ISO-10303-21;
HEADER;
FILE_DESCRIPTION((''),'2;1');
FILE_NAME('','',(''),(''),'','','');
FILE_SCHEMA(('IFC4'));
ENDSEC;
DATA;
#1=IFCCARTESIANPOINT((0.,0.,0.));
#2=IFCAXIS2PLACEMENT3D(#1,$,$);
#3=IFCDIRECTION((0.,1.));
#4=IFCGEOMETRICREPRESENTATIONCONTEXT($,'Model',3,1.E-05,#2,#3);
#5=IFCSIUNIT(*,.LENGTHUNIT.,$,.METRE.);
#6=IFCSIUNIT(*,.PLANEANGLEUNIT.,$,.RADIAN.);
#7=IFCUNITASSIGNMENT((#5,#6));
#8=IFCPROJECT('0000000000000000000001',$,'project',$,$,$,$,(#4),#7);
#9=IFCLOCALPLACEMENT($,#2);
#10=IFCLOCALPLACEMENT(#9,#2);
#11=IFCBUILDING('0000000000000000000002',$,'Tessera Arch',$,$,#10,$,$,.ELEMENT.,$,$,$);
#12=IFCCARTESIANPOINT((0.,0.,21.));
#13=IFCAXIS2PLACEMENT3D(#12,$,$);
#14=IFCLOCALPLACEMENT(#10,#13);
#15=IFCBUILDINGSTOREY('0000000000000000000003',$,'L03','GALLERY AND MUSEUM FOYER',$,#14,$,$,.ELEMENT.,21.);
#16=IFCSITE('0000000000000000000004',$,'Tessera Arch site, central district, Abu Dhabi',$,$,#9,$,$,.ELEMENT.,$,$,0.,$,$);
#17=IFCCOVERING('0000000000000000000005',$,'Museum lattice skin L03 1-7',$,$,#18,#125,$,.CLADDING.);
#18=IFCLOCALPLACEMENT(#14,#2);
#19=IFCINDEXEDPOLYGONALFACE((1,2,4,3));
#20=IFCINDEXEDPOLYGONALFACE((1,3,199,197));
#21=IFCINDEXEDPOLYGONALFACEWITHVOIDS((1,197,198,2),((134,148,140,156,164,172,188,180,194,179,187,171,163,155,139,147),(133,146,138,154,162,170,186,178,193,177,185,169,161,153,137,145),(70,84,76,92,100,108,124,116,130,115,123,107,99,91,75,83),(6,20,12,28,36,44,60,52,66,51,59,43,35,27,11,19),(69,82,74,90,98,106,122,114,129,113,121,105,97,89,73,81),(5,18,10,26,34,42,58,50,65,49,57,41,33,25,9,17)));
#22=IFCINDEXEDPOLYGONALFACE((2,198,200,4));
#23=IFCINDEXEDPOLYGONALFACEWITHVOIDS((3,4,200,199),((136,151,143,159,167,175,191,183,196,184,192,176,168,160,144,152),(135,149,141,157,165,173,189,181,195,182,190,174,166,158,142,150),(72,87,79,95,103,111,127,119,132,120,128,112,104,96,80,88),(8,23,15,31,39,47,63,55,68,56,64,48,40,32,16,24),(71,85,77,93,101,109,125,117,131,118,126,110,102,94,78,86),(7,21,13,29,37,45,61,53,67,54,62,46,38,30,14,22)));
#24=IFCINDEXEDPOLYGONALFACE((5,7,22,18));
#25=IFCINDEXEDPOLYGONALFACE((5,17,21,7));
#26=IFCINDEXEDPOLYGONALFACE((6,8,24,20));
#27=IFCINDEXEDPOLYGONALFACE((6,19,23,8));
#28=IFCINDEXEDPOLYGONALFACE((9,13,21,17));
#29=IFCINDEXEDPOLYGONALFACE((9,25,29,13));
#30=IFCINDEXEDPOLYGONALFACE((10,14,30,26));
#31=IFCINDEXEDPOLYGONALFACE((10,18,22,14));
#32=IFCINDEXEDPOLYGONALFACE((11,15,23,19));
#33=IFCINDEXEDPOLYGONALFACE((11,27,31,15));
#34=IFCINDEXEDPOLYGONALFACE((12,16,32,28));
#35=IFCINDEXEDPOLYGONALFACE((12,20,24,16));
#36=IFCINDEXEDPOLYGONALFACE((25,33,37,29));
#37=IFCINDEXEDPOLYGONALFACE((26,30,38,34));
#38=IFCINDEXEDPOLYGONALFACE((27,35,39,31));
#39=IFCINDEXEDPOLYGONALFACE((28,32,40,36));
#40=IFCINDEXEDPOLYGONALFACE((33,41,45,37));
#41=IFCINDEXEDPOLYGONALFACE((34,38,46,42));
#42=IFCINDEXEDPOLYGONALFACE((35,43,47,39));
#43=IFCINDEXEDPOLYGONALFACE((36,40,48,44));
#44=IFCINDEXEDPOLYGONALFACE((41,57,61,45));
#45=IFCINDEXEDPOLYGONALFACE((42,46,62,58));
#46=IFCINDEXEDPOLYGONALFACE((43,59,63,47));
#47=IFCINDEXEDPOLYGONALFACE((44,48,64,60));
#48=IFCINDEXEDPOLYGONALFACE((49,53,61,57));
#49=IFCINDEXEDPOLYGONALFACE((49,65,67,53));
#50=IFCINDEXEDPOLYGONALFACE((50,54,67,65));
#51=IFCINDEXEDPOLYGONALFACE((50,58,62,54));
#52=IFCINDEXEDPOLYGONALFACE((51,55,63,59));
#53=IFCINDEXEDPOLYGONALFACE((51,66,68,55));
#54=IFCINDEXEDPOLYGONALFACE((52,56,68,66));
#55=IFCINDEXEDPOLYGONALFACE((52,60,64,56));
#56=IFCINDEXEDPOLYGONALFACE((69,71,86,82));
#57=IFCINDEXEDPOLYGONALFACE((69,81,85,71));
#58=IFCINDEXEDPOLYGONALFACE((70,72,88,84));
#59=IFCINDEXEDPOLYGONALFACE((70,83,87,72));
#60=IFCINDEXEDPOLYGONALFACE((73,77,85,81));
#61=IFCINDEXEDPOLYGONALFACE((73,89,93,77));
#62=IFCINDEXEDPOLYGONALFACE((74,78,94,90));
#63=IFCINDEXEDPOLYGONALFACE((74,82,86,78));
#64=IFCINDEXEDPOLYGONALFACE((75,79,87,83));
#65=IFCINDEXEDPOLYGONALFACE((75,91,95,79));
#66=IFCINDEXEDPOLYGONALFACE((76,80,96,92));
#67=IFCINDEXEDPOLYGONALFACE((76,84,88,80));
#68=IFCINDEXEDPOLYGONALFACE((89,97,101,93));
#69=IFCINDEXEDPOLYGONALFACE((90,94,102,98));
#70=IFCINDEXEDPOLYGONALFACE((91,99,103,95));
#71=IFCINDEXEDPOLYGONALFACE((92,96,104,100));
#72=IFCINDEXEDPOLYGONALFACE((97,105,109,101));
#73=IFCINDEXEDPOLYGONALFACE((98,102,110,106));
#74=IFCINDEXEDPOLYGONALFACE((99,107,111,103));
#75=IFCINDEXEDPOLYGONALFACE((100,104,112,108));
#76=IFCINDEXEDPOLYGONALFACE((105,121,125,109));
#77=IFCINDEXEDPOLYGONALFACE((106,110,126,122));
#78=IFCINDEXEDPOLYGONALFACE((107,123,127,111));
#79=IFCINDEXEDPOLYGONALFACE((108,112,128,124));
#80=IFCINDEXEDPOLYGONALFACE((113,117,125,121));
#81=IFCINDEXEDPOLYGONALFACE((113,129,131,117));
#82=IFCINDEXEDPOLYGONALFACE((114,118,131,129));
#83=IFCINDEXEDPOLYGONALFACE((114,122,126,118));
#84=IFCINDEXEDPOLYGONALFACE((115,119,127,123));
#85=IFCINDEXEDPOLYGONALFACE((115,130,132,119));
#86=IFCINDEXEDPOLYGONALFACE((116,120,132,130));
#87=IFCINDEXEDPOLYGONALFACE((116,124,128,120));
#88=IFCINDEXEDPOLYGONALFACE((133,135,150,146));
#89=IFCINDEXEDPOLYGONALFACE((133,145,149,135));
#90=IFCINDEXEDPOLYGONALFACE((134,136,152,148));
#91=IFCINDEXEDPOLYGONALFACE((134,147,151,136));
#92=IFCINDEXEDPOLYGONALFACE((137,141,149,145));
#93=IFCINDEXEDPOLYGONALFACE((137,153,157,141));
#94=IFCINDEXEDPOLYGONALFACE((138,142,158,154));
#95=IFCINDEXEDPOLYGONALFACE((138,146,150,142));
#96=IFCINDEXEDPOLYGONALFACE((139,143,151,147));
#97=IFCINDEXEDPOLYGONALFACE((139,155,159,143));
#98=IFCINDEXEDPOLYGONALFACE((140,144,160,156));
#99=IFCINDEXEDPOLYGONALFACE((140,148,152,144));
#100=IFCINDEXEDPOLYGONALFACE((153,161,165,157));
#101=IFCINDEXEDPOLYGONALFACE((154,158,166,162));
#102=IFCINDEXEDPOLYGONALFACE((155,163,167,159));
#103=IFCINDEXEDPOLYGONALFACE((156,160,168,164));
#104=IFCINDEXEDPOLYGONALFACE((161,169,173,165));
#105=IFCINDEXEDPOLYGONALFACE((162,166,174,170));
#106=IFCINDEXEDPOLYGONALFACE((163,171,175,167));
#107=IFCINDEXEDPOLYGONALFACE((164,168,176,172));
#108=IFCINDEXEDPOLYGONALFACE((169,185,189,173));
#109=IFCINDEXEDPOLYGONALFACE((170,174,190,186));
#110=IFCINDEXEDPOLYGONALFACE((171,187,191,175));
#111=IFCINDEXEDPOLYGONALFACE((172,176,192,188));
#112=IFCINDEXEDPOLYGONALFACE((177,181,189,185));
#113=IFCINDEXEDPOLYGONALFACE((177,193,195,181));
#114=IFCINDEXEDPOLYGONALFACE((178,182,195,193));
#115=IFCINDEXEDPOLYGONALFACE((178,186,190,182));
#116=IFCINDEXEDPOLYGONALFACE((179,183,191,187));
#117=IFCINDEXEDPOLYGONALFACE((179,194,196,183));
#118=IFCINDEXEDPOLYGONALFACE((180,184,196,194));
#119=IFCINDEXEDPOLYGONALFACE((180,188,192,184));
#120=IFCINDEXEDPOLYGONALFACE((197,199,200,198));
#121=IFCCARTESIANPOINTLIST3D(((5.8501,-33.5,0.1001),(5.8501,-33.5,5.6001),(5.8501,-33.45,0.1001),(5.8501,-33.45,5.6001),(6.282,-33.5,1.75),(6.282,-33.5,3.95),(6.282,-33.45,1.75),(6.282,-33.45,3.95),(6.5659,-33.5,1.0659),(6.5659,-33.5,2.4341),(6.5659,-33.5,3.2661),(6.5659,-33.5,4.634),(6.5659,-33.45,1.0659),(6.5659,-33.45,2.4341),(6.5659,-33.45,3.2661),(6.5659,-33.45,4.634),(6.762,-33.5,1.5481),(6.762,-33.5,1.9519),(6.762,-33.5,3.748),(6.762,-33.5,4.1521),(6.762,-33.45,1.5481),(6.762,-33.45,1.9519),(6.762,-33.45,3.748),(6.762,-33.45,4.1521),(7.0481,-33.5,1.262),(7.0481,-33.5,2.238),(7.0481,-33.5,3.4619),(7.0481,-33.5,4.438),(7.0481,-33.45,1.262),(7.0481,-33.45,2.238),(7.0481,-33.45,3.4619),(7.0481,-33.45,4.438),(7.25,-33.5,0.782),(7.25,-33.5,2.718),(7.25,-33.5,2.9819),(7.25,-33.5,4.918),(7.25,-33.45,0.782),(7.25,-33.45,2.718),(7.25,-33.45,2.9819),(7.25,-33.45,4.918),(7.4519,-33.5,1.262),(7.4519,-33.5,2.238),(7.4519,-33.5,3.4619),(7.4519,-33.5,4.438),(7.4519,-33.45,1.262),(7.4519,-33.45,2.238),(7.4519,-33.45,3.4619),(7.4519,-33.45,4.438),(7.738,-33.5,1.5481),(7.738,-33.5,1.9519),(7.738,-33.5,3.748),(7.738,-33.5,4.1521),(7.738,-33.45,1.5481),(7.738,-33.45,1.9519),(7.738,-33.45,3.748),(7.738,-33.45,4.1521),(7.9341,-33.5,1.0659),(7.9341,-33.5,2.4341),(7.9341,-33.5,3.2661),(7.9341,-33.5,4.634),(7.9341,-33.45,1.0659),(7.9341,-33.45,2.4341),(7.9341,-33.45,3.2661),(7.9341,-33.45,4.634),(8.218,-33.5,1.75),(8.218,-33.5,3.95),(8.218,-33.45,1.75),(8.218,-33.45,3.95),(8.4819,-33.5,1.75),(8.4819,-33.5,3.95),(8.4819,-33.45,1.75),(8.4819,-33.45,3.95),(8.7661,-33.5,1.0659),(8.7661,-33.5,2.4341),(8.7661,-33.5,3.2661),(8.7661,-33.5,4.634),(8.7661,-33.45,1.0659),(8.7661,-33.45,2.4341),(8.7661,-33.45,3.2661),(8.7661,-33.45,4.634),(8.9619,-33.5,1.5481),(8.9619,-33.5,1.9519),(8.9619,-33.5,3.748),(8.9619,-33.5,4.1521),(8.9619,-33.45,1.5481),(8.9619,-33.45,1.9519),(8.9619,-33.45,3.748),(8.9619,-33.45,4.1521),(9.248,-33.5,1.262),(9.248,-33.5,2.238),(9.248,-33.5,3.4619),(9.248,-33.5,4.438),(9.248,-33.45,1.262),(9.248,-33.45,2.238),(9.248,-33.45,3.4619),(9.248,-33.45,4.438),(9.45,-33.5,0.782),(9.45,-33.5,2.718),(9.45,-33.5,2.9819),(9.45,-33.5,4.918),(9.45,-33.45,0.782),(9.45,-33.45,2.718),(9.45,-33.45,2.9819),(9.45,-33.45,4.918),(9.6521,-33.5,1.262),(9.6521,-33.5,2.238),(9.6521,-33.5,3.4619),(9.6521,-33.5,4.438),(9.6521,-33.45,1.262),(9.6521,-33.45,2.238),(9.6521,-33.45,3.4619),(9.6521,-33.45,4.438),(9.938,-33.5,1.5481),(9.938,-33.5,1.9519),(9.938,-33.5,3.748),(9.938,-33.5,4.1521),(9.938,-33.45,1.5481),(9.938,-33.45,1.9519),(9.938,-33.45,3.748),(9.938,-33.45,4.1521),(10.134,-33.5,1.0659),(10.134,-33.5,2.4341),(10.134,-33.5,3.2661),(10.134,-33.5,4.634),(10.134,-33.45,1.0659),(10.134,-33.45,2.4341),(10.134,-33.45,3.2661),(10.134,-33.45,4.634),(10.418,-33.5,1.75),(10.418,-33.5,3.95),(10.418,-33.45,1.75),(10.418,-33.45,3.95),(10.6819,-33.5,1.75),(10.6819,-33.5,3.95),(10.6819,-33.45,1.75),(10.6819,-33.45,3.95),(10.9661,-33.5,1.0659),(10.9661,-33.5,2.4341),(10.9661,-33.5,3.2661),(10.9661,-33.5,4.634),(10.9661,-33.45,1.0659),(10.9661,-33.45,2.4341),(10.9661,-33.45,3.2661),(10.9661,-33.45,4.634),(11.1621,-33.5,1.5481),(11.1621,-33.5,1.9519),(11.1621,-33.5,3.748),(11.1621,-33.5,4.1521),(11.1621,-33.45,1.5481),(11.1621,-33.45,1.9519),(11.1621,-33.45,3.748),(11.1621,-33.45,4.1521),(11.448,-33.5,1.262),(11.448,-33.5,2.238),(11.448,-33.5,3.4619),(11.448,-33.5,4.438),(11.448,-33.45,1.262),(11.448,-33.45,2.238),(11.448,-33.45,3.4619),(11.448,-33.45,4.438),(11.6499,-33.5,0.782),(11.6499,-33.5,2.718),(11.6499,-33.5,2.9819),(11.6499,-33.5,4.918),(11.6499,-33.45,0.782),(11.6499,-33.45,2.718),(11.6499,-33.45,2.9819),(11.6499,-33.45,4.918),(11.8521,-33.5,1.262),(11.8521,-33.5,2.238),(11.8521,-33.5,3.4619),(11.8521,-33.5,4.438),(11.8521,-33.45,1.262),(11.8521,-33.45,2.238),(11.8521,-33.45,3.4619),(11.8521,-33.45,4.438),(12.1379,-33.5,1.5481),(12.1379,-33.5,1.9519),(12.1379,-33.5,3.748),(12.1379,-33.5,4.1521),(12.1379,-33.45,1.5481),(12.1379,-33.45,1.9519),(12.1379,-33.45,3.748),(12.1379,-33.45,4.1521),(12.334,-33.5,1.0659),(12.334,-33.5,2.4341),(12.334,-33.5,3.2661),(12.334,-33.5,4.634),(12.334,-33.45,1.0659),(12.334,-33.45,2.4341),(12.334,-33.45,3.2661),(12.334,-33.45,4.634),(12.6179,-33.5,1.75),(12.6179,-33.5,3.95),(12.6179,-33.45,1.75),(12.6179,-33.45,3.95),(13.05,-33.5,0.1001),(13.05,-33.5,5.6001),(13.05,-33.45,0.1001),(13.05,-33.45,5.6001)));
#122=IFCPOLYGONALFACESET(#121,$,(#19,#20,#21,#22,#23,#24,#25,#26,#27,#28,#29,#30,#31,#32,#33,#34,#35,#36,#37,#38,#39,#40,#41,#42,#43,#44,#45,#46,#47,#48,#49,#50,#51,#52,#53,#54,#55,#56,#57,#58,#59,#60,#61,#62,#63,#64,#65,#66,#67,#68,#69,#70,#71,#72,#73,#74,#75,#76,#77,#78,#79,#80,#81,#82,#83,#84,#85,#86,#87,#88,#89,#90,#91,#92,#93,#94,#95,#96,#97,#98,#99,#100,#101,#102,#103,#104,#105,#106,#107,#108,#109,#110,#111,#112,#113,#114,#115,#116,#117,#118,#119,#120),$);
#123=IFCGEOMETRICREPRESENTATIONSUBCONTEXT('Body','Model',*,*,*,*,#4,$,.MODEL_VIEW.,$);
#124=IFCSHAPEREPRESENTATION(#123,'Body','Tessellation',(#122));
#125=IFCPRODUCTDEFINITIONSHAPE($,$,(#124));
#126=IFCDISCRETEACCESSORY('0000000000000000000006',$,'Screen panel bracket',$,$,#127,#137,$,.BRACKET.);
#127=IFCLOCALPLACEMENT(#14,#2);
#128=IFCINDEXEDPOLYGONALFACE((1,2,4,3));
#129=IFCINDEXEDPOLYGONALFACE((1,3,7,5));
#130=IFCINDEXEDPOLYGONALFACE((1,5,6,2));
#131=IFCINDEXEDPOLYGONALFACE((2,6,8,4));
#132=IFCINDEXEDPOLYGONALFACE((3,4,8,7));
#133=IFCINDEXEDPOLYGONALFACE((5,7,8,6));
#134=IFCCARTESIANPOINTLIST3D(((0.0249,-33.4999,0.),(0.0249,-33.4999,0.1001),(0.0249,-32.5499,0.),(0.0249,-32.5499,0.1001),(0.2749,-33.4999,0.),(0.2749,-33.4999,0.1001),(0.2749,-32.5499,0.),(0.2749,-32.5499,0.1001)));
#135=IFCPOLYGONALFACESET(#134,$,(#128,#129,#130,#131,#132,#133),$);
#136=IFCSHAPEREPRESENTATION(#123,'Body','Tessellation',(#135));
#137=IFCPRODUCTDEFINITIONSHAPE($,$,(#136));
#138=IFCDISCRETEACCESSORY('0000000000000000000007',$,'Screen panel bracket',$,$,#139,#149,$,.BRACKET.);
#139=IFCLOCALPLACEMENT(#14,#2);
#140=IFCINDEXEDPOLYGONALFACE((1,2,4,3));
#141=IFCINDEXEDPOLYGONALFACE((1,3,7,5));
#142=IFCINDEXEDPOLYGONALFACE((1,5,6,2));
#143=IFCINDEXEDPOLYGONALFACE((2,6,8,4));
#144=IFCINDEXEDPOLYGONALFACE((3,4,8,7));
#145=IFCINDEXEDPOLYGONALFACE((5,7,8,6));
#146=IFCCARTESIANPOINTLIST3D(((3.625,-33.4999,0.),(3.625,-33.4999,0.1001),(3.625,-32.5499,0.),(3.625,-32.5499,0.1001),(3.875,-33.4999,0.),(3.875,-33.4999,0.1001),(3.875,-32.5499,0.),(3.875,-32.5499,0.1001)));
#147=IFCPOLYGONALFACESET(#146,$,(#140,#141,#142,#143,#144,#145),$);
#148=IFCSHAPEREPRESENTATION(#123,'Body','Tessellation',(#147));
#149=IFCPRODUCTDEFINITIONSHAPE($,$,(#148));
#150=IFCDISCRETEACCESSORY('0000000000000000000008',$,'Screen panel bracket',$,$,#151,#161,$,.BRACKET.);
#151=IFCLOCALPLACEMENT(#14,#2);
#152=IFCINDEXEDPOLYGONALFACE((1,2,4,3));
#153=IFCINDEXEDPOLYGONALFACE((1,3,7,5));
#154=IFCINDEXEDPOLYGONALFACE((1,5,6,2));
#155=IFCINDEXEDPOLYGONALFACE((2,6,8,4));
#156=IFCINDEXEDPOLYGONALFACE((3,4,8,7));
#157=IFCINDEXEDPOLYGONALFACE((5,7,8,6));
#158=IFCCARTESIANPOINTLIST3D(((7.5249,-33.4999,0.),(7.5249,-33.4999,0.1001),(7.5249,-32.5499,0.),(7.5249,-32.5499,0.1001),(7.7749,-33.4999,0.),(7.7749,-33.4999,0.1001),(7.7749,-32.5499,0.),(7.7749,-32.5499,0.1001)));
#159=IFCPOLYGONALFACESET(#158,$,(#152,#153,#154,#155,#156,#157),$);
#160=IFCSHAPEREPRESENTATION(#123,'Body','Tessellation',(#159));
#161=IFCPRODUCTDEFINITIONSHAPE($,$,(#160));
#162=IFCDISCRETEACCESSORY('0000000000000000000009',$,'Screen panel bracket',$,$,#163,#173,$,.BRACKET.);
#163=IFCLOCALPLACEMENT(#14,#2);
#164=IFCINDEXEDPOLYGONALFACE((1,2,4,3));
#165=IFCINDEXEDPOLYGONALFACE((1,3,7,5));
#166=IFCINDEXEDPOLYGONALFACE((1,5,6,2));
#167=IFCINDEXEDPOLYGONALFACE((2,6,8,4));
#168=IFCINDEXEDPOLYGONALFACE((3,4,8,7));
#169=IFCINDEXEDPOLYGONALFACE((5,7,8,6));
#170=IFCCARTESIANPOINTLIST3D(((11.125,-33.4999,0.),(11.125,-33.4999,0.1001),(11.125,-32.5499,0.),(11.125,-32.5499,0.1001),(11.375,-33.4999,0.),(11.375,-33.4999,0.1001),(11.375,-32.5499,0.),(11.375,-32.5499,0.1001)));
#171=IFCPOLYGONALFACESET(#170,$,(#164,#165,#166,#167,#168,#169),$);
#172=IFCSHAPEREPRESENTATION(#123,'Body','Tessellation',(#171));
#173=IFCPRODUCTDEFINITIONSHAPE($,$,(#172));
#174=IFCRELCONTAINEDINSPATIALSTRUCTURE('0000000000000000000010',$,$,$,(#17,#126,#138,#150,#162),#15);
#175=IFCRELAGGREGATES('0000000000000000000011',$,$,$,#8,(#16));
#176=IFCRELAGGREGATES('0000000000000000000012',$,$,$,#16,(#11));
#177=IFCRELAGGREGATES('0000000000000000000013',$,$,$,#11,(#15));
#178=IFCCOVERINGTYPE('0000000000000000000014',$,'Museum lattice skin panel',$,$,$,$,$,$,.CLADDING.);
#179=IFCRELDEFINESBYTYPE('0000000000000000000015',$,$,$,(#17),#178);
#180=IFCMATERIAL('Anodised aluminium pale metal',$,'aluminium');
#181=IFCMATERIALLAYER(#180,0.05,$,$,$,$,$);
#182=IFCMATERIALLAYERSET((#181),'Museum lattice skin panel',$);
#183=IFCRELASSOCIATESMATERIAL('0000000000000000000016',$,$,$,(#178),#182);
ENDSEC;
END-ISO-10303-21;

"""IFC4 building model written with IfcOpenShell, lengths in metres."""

from ifc_helpers import new_model, si_unit, direction, frame, origin, origin_2d, place, context, subcontext, project, spatial, polyline, rectangle, outline, extrude, material, layer, layer_set, type_object, element, save


model = new_model("IFC4")

# Units and contexts
model_context = context("Model", 3, precision=1e-05, world=origin(), true_north=direction((0.0, 1.0)))
body_context = subcontext(model_context, "Body", "Model", "MODEL_VIEW")
ifc_project = project(units=[si_unit("LENGTHUNIT", "METRE"), si_unit("PLANEANGLEUNIT", "RADIAN")], contexts=[model_context])

# Site, building, storey
site_placement = place(None, origin())
site = spatial("IfcSite", under=ifc_project, at=site_placement, Name="Tessera Arch site, central district, Abu Dhabi", CompositionType="ELEMENT", RefElevation=0.0)
building_placement = place(site_placement, origin())
building = spatial("IfcBuilding", under=site, at=building_placement, Name="Tessera Arch", CompositionType="ELEMENT")
storey_placement = place(building_placement, frame((0.0, 0.0, 21.0)))
storey = spatial("IfcBuildingStorey", under=building, at=storey_placement, Name="L03", Description="GALLERY AND MUSEUM FOYER", CompositionType="ELEMENT", Elevation=21.0)

# Covering
ifc_material_1 = material(Name="Anodised aluminium pale metal", Category="aluminium")
ifc_layer_1 = layer(ifc_material_1, 0.05)
ifc_layer_set_1 = layer_set([ifc_layer_1], Name="Museum lattice skin panel")
covering_type = type_object("IfcCoveringType", Name="Museum lattice skin panel", PredefinedType="CLADDING", material=ifc_layer_set_1)
covering_placement = place(storey_placement, frame((5.8501, -33.45, 5.6001), z_axis=(0.0, 1.0, 0.0), x_axis=(1.0, 0.0, 0.0)))
element("IfcCovering", 1, at=covering_placement, inside=storey, type_object=covering_type, Name="Museum lattice skin L03 1-7", PredefinedType="CLADDING", context=body_context, shape_type="SweptSolid", body=[
    extrude(outline(polyline([(0.0, 0.0), (7.2, 0.0), (7.2, 5.5), (0.0, 5.5), (0.0, 0.0)]), holes=[polyline([(2.3679, 3.8501), (1.8879, 3.6482), (2.084, 3.166), (1.6018, 3.3621), (1.3999, 2.8821), (1.198, 3.3621), (0.7158, 3.166), (0.9119, 3.6482), (0.4319, 3.8501), (0.9119, 4.052), (0.7158, 4.5342), (1.198, 4.3381), (1.3999, 4.8181), (1.6018, 4.3381), (2.084, 4.5342), (1.8879, 4.052), (2.3679, 3.8501)]), polyline([(2.3679, 1.6501), (1.8879, 1.448), (2.084, 0.9661), (1.6018, 1.1621), (1.3999, 0.6821), (1.198, 1.1621), (0.7158, 0.9661), (0.9119, 1.448), (0.4319, 1.6501), (0.9119, 1.8521), (0.7158, 2.334), (1.198, 2.1382), (1.3999, 2.6182), (1.6018, 2.1382), (2.084, 2.334), (1.8879, 1.8521), (2.3679, 1.6501)]), polyline([(4.5679, 3.8501), (4.0879, 3.6482), (4.2839, 3.166), (3.802, 3.3621), (3.5999, 2.8821), (3.3979, 3.3621), (2.916, 3.166), (3.1118, 3.6482), (2.6318, 3.8501), (3.1118, 4.052), (2.916, 4.5342), (3.3979, 4.3381), (3.5999, 4.8181), (3.802, 4.3381), (4.2839, 4.5342), (4.0879, 4.052), (4.5679, 3.8501)]), polyline([(4.5679, 1.6501), (4.0879, 1.448), (4.2839, 0.9661), (3.802, 1.1621), (3.5999, 0.6821), (3.3979, 1.1621), (2.916, 0.9661), (3.1118, 1.448), (2.6318, 1.6501), (3.1118, 1.8521), (2.916, 2.334), (3.3979, 2.1382), (3.5999, 2.6182), (3.802, 2.1382), (4.2839, 2.334), (4.0879, 1.8521), (4.5679, 1.6501)]), polyline([(6.7678, 3.8501), (6.2878, 3.6482), (6.4839, 3.166), (6.002, 3.3621), (5.7998, 2.8821), (5.5979, 3.3621), (5.116, 3.166), (5.312, 3.6482), (4.8318, 3.8501), (5.312, 4.052), (5.116, 4.5342), (5.5979, 4.3381), (5.7998, 4.8181), (6.002, 4.3381), (6.4839, 4.5342), (6.2878, 4.052), (6.7678, 3.8501)]), polyline([(6.7678, 1.6501), (6.2878, 1.448), (6.4839, 0.9661), (6.002, 1.1621), (5.7998, 0.6821), (5.5979, 1.1621), (5.116, 0.9661), (5.312, 1.448), (4.8318, 1.6501), (5.312, 1.8521), (5.116, 2.334), (5.5979, 2.1382), (5.7998, 2.6182), (6.002, 2.1382), (6.4839, 2.334), (6.2878, 1.8521), (6.7678, 1.6501)])]), origin(), (0.0, 0.0, -1.0), 0.05),
])

# Discrete accessories
for number, where, z_axis, x_axis, name in (
    (2, (0.1499, -33.0249, 0.0), (0.0, 0.0, 1.0), (0.0, -1.0, 0.0), "Screen panel bracket"),
    (3, (3.75, -33.0249, 0.0), (0.0, 0.0, 1.0), (0.0, -1.0, 0.0), "Screen panel bracket"),
    (4, (7.6499, -33.0249, 0.0), (0.0, 0.0, 1.0), (0.0, -1.0, 0.0), "Screen panel bracket"),
    (5, (11.25, -33.0249, 0.0), (0.0, 0.0, 1.0), (0.0, -1.0, 0.0), "Screen panel bracket"),
):
    element("IfcDiscreteAccessory", number, at=place(storey_placement, frame(where, z_axis=z_axis, x_axis=x_axis)), inside=storey, Name=name, PredefinedType="BRACKET", context=body_context, shape_type="SweptSolid", body=[
        extrude(rectangle(XDim=0.95, YDim=0.25, at=origin_2d()), origin(), (0.0, 0.0, 1.0), 0.1001),
    ])

save(model, "model.ifc")
